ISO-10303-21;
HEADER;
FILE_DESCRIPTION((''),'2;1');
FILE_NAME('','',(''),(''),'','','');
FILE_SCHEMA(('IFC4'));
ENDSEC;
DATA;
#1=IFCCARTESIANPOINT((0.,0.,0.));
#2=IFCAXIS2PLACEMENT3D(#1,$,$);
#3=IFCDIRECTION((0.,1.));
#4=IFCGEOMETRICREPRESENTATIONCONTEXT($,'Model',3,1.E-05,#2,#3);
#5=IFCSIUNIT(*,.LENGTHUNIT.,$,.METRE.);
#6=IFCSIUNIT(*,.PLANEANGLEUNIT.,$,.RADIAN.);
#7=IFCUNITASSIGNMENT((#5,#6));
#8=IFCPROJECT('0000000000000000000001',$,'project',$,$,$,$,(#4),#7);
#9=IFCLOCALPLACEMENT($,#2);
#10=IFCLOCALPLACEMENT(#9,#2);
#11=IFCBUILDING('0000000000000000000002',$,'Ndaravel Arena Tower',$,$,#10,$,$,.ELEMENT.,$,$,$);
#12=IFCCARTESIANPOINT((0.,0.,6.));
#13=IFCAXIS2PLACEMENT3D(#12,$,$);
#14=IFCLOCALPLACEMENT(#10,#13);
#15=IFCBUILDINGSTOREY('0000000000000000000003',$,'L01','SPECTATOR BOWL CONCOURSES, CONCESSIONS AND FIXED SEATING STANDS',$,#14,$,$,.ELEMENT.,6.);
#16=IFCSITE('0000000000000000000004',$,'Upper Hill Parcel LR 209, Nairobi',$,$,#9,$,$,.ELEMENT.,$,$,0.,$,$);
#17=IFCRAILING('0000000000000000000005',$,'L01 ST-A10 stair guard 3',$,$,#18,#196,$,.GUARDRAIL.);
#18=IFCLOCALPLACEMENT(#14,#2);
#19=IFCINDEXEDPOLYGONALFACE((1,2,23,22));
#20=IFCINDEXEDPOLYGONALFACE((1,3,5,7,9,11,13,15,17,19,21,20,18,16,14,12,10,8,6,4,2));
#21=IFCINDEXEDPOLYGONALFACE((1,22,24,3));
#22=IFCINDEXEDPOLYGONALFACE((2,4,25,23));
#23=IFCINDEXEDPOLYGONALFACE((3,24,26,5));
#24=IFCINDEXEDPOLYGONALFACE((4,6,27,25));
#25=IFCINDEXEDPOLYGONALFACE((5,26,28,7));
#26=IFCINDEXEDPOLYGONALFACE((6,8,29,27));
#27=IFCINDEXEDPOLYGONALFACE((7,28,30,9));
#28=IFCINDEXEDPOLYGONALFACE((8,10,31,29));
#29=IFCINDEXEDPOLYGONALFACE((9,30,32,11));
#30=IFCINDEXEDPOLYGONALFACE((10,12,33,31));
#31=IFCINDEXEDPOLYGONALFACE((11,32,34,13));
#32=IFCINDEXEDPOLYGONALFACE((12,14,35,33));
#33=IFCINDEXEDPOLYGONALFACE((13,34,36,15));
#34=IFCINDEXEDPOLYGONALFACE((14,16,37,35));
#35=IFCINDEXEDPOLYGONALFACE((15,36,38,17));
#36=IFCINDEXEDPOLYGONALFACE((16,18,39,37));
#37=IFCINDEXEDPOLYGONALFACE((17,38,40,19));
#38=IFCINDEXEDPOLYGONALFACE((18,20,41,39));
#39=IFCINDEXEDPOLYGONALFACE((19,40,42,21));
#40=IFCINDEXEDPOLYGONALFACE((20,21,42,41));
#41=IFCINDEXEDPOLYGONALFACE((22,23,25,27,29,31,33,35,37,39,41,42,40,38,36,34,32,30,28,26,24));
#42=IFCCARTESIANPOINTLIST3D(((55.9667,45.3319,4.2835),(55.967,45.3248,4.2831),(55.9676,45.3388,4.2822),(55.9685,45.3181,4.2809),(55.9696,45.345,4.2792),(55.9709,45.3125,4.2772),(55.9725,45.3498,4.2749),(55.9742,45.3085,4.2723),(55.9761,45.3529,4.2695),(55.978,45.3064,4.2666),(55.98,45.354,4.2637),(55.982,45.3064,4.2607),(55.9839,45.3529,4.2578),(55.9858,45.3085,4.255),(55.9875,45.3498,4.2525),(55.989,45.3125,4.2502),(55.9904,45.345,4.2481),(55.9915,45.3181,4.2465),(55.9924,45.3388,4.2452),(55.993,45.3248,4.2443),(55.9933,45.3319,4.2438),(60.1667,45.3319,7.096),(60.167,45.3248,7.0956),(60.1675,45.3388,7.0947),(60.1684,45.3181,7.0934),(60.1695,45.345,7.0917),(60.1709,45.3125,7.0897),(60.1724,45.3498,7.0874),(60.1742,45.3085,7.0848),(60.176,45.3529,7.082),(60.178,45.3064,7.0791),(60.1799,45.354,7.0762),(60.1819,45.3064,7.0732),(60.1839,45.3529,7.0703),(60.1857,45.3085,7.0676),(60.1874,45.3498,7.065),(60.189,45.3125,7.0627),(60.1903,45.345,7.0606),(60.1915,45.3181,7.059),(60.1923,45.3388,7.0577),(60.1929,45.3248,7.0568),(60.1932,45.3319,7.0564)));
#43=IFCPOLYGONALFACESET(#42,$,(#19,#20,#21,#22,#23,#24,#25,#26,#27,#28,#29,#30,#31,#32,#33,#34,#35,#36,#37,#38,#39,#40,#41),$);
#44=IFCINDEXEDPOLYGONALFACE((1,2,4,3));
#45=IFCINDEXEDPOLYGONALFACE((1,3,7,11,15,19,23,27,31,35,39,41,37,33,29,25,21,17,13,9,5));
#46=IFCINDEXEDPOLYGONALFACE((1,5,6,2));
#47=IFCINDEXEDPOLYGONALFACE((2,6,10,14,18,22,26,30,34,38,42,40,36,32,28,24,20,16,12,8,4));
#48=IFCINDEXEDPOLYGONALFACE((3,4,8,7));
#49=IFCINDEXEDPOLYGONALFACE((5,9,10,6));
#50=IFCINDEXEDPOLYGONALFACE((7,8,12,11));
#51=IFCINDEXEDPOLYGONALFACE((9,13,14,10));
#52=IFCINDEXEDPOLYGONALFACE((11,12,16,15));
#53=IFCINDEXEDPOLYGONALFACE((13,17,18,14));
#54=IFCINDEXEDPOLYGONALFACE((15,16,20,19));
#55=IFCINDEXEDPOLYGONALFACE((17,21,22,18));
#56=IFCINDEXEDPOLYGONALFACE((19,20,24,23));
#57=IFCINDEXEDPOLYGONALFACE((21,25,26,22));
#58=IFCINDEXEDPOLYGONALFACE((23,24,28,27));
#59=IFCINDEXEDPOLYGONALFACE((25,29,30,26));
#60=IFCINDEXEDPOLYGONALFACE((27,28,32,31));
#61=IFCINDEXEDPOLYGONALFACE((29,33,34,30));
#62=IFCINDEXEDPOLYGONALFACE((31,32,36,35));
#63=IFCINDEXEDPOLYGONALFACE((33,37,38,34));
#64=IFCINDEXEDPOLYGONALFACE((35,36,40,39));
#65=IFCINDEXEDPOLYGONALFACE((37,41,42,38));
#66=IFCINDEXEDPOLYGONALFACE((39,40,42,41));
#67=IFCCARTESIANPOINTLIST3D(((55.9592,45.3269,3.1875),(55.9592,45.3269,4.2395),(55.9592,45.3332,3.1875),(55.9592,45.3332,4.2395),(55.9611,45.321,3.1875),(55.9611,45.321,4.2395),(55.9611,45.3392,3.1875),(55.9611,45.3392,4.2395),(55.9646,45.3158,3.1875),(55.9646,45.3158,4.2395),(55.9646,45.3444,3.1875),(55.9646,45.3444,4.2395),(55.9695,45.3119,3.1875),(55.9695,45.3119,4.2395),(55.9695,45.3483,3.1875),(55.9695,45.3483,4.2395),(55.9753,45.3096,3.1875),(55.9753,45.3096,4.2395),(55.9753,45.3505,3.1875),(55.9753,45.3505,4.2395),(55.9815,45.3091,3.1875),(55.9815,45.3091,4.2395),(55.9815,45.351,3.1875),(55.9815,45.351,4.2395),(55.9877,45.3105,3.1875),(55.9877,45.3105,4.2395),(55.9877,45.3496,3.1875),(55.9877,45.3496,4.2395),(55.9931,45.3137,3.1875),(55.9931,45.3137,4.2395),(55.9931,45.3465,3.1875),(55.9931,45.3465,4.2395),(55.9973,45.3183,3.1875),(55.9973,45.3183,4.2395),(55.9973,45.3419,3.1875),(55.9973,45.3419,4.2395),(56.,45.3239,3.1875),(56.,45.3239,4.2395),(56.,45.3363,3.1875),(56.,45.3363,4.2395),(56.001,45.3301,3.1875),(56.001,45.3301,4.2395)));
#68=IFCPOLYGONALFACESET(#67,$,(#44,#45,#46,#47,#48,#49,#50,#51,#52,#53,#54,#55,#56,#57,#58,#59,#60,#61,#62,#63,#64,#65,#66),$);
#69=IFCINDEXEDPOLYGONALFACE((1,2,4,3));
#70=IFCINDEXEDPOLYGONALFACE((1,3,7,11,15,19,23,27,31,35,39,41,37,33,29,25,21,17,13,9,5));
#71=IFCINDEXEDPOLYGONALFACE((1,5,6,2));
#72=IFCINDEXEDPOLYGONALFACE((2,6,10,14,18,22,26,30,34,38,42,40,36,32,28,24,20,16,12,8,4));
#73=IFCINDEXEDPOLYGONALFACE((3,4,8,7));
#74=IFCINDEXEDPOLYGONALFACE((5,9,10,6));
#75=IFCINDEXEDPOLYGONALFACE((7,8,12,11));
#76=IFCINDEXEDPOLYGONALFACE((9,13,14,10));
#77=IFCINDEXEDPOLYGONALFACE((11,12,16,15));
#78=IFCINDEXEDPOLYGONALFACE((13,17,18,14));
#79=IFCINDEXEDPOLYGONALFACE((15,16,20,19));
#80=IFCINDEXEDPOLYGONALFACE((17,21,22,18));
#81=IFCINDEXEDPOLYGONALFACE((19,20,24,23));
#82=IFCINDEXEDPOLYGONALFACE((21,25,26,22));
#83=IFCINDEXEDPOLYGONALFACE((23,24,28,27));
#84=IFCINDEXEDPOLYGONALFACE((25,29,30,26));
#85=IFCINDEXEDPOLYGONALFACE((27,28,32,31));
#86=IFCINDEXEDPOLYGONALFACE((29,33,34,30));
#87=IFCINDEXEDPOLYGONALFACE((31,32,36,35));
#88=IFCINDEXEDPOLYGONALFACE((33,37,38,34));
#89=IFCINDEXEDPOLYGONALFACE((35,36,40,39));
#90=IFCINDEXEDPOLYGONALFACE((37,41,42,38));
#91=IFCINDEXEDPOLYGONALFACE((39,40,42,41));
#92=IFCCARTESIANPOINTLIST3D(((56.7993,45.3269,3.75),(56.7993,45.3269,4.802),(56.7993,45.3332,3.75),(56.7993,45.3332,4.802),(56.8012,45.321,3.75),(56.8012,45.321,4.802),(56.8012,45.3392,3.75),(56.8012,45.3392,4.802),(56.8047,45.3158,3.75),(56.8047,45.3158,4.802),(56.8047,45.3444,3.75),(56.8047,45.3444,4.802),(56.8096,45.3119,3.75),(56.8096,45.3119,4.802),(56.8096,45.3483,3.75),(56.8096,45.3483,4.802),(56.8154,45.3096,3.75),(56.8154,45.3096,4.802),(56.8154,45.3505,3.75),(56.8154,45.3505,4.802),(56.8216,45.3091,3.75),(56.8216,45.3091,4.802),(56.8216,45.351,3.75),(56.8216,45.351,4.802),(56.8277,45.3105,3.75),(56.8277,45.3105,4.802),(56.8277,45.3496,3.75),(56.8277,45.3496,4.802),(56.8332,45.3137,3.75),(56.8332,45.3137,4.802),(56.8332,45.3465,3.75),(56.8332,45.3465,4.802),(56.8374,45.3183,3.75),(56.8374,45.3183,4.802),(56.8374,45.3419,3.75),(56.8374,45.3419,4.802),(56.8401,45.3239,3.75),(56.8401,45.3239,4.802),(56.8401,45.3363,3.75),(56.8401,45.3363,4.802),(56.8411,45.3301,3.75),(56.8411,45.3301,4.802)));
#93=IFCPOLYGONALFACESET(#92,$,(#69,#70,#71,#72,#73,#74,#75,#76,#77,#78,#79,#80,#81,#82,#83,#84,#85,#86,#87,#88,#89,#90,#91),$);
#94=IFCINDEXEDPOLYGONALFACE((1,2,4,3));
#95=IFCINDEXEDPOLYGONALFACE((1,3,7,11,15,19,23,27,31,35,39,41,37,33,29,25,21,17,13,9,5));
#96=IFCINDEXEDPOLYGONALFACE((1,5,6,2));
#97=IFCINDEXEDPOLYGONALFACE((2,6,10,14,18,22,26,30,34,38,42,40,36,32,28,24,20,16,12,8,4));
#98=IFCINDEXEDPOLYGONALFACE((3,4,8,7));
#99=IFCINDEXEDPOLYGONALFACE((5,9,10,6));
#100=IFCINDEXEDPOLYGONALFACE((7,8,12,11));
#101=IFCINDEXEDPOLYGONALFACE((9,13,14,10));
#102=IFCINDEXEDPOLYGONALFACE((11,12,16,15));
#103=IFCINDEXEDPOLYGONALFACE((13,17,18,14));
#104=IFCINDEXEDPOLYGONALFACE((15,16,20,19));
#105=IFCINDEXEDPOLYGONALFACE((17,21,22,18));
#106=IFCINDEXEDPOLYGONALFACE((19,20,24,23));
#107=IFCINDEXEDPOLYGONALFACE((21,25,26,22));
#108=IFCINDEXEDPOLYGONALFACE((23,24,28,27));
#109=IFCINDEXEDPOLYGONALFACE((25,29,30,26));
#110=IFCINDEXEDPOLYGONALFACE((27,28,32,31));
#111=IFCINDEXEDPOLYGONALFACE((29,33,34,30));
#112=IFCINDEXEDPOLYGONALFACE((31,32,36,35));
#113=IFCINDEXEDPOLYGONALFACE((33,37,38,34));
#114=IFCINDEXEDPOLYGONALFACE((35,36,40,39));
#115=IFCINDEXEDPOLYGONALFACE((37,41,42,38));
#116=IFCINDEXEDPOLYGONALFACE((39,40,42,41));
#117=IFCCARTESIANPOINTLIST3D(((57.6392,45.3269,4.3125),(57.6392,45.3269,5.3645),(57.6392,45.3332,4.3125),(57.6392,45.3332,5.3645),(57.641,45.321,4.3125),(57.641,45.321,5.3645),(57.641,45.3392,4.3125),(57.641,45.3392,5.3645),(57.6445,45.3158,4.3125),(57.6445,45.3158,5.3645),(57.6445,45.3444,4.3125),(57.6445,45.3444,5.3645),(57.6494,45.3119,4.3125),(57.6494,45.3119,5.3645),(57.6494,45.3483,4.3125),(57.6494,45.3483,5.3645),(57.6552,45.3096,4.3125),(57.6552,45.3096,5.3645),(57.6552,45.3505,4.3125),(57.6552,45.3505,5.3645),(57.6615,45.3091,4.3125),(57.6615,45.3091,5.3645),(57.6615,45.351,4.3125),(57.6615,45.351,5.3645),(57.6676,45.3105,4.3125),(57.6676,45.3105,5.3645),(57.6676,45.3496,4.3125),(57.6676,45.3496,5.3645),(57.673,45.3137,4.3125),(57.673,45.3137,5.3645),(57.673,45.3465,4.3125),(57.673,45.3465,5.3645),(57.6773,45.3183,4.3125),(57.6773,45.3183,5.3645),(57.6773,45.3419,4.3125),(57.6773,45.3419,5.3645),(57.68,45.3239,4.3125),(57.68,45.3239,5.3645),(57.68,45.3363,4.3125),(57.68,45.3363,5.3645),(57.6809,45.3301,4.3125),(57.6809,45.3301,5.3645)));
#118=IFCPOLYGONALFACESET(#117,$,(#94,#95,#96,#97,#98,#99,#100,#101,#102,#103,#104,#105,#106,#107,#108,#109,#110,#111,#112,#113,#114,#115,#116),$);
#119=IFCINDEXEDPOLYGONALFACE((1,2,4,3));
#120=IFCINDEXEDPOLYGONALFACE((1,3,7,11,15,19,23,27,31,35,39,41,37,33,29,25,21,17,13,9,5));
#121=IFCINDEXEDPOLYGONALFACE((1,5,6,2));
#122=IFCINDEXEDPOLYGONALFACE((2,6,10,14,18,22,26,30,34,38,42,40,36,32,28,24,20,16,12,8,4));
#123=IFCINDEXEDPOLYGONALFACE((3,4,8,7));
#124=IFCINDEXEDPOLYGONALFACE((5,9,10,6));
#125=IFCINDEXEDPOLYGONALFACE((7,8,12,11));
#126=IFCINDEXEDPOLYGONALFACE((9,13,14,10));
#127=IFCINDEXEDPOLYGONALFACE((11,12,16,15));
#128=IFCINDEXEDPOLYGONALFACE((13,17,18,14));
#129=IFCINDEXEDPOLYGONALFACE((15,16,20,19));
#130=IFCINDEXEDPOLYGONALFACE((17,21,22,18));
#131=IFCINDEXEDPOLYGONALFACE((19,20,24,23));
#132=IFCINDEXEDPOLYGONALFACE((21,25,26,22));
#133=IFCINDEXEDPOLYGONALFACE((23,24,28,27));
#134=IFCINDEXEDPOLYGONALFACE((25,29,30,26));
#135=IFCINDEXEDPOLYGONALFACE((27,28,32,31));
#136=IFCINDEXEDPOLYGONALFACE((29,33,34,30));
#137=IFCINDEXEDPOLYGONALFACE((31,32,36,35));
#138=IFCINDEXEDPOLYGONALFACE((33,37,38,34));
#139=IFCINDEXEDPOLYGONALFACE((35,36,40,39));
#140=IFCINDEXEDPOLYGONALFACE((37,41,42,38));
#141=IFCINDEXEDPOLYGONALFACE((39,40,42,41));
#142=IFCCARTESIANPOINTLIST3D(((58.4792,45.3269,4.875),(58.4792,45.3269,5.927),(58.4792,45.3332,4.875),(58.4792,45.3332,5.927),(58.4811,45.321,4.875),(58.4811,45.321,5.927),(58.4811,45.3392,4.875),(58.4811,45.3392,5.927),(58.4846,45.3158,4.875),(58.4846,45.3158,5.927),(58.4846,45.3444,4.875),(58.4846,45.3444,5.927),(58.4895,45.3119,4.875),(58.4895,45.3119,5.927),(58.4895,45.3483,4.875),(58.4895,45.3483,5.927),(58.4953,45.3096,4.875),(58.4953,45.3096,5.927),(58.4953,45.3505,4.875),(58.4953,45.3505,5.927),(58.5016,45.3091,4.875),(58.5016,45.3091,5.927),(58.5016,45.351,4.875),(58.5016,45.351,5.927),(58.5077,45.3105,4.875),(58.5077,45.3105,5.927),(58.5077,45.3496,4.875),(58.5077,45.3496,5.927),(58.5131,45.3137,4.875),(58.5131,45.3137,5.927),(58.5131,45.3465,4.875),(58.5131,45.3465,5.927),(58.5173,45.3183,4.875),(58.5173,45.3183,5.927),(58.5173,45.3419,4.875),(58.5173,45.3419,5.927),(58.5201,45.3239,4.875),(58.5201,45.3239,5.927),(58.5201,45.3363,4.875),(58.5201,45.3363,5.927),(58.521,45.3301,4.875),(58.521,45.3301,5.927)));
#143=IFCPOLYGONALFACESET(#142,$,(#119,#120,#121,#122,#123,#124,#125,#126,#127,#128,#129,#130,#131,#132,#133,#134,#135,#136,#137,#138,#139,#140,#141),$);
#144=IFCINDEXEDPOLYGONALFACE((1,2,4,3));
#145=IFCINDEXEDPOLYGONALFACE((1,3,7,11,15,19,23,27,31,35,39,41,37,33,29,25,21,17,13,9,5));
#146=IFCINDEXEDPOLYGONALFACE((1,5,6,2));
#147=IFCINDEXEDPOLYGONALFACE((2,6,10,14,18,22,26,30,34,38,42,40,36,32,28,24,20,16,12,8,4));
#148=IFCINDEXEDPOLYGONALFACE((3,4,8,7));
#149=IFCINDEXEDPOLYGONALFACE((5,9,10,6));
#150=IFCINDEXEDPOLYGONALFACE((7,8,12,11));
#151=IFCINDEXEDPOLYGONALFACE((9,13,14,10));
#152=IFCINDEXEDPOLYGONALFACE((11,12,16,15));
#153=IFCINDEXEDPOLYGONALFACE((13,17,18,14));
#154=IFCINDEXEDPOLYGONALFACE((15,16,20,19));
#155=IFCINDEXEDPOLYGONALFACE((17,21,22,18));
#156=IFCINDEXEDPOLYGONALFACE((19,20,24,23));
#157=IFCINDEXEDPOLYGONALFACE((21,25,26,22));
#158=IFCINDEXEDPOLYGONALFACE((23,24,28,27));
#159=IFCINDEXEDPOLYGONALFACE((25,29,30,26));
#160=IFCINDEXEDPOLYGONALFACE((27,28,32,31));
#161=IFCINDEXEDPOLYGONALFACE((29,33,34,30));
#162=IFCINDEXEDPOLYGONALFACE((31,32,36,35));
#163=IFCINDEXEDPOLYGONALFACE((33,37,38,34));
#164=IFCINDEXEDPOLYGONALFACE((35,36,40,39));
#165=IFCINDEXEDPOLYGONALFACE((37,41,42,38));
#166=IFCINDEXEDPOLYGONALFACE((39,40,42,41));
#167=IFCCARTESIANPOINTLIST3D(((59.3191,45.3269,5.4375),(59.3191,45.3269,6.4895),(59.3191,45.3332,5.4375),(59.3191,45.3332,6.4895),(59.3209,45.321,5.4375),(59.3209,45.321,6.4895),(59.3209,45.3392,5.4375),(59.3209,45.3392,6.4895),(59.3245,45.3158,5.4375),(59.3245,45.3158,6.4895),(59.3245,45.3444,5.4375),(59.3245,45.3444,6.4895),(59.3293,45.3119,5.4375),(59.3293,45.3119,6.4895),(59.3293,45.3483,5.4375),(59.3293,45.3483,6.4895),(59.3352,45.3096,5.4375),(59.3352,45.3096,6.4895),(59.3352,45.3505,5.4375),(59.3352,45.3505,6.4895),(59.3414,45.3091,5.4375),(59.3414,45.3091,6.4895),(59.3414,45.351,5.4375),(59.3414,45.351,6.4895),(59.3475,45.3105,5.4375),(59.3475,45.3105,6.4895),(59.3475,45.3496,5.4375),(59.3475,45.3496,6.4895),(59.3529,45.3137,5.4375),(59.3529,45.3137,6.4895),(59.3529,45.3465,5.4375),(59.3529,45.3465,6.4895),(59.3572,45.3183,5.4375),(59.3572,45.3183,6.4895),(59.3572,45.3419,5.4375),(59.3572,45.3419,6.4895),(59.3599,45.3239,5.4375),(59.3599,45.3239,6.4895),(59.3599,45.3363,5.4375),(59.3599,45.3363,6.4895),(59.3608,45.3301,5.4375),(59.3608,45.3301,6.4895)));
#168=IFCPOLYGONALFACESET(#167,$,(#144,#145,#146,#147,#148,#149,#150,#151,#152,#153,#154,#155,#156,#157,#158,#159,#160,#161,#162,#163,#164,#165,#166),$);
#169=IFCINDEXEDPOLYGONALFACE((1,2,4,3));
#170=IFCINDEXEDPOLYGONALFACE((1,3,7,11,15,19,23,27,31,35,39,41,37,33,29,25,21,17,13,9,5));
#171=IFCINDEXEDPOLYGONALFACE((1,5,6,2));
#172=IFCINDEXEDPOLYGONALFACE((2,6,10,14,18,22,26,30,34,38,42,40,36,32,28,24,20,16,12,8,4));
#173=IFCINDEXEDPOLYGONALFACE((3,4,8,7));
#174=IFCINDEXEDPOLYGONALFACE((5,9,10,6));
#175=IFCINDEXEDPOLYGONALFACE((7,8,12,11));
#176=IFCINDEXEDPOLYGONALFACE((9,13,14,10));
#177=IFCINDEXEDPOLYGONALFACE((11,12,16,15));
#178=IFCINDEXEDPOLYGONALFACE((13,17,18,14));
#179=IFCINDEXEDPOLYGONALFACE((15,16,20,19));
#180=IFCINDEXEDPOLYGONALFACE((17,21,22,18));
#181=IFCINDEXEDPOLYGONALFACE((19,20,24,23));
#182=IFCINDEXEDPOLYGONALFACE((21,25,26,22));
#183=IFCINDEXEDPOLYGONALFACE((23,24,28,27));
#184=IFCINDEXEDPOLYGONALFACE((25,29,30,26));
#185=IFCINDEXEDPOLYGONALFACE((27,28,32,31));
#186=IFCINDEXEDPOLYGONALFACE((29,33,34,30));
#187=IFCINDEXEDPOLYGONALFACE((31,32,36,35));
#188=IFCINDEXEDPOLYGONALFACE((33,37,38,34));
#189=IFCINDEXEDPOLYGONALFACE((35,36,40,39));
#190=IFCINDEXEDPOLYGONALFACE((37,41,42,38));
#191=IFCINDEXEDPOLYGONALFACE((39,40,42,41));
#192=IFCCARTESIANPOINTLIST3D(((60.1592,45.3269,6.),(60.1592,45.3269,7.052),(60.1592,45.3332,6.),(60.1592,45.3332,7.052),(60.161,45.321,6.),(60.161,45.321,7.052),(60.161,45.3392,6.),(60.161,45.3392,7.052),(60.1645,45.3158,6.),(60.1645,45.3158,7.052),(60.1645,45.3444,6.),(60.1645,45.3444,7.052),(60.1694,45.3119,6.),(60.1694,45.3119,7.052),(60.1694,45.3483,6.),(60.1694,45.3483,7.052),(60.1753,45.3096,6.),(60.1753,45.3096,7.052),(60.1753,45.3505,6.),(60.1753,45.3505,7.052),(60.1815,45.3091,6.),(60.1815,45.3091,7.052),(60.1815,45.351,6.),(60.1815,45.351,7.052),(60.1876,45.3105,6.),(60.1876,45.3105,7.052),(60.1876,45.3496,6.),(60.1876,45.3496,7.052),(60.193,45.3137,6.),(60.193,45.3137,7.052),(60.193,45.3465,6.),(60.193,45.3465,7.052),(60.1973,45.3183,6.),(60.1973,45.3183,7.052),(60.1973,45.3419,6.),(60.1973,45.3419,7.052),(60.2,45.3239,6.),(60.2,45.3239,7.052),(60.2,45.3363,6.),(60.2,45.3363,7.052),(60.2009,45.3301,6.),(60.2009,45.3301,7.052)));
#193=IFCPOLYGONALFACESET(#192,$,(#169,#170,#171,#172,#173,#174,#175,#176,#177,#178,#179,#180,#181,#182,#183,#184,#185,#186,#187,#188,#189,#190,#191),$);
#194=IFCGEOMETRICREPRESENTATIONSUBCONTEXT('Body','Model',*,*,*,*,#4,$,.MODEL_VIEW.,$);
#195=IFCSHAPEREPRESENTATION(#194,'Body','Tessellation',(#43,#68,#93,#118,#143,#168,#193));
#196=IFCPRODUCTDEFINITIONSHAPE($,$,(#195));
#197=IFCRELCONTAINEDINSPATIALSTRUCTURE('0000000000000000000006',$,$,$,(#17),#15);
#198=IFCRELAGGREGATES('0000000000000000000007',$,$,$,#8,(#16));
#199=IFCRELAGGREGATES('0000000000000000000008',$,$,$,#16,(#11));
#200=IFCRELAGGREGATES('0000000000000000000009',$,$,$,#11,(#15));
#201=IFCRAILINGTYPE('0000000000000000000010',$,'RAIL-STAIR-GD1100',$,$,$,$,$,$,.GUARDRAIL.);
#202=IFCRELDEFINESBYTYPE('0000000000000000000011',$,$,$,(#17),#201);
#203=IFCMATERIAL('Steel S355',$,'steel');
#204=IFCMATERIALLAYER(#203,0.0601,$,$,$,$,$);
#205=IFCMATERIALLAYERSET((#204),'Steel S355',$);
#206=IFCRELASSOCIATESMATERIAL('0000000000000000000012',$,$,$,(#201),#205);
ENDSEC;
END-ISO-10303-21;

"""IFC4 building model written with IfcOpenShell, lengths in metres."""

from ifc_helpers import new_model, si_unit, direction, frame, origin, origin_2d, place, context, subcontext, project, spatial, circle, extrude, material, layer, layer_set, type_object, element, save


model = new_model("IFC4")

# Units and contexts
model_context = context("Model", 3, precision=1e-05, world=origin(), true_north=direction((0.0, 1.0)))
body_context = subcontext(model_context, "Body", "Model", "MODEL_VIEW")
ifc_project = project(units=[si_unit("LENGTHUNIT", "METRE"), si_unit("PLANEANGLEUNIT", "RADIAN")], contexts=[model_context])

# Site, building, storey
site_placement = place(None, origin())
site = spatial("IfcSite", under=ifc_project, at=site_placement, Name="Upper Hill Parcel LR 209, Nairobi", CompositionType="ELEMENT", RefElevation=0.0)
building_placement = place(site_placement, origin())
building = spatial("IfcBuilding", under=site, at=building_placement, Name="Ndaravel Arena Tower", CompositionType="ELEMENT")
storey_placement = place(building_placement, frame((0.0, 0.0, 6.0)))
storey = spatial("IfcBuildingStorey", under=building, at=storey_placement, Name="L01", Description="SPECTATOR BOWL CONCOURSES, CONCESSIONS AND FIXED SEATING STANDS", CompositionType="ELEMENT", Elevation=6.0)

# Railing
ifc_material_1 = material(Name="Steel S355", Category="steel")
ifc_layer_1 = layer(ifc_material_1, 0.0601)
ifc_layer_set_1 = layer_set([ifc_layer_1], Name="Steel S355")
railing_type_1 = type_object("IfcRailingType", Name="RAIL-STAIR-GD1100", PredefinedType="GUARDRAIL", material=ifc_layer_set_1)
railing_1_placement = place(storey_placement, frame((55.98, 45.3301, 3.1875)))
element("IfcRailing", 1, at=railing_1_placement, inside=storey, type_object=railing_type_1, Name="L01 ST-A10 stair guard 3", PredefinedType="GUARDRAIL", context=body_context, shape_type="SweptSolid", body=[
    extrude(circle(Radius=0.0239, at=origin_2d()), frame((0.0, 0.0, 1.0762), z_axis=(0.830904, 0.0, 0.556416), x_axis=(0.0, 1.0, 0.0)), (0.0, 0.0, 1.0), 5.0547),
    extrude(circle(Radius=0.021, at=origin_2d()), origin(), (0.0, 0.0, 1.0), 1.052),
    extrude(circle(Radius=0.021, at=origin_2d()), frame((0.8401, 0.0, 0.5625)), (0.0, 0.0, 1.0), 1.052),
    extrude(circle(Radius=0.021, at=origin_2d()), frame((1.6799, 0.0, 1.125)), (0.0, 0.0, 1.0), 1.052),
    extrude(circle(Radius=0.021, at=origin_2d()), frame((2.52, 0.0, 1.6875)), (0.0, 0.0, 1.0), 1.052),
    extrude(circle(Radius=0.021, at=origin_2d()), frame((3.3599, 0.0, 2.25)), (0.0, 0.0, 1.0), 1.052),
    extrude(circle(Radius=0.021, at=origin_2d()), frame((4.2, 0.0, 2.8125)), (0.0, 0.0, 1.0), 1.052),
])

save(model, "model.ifc")
